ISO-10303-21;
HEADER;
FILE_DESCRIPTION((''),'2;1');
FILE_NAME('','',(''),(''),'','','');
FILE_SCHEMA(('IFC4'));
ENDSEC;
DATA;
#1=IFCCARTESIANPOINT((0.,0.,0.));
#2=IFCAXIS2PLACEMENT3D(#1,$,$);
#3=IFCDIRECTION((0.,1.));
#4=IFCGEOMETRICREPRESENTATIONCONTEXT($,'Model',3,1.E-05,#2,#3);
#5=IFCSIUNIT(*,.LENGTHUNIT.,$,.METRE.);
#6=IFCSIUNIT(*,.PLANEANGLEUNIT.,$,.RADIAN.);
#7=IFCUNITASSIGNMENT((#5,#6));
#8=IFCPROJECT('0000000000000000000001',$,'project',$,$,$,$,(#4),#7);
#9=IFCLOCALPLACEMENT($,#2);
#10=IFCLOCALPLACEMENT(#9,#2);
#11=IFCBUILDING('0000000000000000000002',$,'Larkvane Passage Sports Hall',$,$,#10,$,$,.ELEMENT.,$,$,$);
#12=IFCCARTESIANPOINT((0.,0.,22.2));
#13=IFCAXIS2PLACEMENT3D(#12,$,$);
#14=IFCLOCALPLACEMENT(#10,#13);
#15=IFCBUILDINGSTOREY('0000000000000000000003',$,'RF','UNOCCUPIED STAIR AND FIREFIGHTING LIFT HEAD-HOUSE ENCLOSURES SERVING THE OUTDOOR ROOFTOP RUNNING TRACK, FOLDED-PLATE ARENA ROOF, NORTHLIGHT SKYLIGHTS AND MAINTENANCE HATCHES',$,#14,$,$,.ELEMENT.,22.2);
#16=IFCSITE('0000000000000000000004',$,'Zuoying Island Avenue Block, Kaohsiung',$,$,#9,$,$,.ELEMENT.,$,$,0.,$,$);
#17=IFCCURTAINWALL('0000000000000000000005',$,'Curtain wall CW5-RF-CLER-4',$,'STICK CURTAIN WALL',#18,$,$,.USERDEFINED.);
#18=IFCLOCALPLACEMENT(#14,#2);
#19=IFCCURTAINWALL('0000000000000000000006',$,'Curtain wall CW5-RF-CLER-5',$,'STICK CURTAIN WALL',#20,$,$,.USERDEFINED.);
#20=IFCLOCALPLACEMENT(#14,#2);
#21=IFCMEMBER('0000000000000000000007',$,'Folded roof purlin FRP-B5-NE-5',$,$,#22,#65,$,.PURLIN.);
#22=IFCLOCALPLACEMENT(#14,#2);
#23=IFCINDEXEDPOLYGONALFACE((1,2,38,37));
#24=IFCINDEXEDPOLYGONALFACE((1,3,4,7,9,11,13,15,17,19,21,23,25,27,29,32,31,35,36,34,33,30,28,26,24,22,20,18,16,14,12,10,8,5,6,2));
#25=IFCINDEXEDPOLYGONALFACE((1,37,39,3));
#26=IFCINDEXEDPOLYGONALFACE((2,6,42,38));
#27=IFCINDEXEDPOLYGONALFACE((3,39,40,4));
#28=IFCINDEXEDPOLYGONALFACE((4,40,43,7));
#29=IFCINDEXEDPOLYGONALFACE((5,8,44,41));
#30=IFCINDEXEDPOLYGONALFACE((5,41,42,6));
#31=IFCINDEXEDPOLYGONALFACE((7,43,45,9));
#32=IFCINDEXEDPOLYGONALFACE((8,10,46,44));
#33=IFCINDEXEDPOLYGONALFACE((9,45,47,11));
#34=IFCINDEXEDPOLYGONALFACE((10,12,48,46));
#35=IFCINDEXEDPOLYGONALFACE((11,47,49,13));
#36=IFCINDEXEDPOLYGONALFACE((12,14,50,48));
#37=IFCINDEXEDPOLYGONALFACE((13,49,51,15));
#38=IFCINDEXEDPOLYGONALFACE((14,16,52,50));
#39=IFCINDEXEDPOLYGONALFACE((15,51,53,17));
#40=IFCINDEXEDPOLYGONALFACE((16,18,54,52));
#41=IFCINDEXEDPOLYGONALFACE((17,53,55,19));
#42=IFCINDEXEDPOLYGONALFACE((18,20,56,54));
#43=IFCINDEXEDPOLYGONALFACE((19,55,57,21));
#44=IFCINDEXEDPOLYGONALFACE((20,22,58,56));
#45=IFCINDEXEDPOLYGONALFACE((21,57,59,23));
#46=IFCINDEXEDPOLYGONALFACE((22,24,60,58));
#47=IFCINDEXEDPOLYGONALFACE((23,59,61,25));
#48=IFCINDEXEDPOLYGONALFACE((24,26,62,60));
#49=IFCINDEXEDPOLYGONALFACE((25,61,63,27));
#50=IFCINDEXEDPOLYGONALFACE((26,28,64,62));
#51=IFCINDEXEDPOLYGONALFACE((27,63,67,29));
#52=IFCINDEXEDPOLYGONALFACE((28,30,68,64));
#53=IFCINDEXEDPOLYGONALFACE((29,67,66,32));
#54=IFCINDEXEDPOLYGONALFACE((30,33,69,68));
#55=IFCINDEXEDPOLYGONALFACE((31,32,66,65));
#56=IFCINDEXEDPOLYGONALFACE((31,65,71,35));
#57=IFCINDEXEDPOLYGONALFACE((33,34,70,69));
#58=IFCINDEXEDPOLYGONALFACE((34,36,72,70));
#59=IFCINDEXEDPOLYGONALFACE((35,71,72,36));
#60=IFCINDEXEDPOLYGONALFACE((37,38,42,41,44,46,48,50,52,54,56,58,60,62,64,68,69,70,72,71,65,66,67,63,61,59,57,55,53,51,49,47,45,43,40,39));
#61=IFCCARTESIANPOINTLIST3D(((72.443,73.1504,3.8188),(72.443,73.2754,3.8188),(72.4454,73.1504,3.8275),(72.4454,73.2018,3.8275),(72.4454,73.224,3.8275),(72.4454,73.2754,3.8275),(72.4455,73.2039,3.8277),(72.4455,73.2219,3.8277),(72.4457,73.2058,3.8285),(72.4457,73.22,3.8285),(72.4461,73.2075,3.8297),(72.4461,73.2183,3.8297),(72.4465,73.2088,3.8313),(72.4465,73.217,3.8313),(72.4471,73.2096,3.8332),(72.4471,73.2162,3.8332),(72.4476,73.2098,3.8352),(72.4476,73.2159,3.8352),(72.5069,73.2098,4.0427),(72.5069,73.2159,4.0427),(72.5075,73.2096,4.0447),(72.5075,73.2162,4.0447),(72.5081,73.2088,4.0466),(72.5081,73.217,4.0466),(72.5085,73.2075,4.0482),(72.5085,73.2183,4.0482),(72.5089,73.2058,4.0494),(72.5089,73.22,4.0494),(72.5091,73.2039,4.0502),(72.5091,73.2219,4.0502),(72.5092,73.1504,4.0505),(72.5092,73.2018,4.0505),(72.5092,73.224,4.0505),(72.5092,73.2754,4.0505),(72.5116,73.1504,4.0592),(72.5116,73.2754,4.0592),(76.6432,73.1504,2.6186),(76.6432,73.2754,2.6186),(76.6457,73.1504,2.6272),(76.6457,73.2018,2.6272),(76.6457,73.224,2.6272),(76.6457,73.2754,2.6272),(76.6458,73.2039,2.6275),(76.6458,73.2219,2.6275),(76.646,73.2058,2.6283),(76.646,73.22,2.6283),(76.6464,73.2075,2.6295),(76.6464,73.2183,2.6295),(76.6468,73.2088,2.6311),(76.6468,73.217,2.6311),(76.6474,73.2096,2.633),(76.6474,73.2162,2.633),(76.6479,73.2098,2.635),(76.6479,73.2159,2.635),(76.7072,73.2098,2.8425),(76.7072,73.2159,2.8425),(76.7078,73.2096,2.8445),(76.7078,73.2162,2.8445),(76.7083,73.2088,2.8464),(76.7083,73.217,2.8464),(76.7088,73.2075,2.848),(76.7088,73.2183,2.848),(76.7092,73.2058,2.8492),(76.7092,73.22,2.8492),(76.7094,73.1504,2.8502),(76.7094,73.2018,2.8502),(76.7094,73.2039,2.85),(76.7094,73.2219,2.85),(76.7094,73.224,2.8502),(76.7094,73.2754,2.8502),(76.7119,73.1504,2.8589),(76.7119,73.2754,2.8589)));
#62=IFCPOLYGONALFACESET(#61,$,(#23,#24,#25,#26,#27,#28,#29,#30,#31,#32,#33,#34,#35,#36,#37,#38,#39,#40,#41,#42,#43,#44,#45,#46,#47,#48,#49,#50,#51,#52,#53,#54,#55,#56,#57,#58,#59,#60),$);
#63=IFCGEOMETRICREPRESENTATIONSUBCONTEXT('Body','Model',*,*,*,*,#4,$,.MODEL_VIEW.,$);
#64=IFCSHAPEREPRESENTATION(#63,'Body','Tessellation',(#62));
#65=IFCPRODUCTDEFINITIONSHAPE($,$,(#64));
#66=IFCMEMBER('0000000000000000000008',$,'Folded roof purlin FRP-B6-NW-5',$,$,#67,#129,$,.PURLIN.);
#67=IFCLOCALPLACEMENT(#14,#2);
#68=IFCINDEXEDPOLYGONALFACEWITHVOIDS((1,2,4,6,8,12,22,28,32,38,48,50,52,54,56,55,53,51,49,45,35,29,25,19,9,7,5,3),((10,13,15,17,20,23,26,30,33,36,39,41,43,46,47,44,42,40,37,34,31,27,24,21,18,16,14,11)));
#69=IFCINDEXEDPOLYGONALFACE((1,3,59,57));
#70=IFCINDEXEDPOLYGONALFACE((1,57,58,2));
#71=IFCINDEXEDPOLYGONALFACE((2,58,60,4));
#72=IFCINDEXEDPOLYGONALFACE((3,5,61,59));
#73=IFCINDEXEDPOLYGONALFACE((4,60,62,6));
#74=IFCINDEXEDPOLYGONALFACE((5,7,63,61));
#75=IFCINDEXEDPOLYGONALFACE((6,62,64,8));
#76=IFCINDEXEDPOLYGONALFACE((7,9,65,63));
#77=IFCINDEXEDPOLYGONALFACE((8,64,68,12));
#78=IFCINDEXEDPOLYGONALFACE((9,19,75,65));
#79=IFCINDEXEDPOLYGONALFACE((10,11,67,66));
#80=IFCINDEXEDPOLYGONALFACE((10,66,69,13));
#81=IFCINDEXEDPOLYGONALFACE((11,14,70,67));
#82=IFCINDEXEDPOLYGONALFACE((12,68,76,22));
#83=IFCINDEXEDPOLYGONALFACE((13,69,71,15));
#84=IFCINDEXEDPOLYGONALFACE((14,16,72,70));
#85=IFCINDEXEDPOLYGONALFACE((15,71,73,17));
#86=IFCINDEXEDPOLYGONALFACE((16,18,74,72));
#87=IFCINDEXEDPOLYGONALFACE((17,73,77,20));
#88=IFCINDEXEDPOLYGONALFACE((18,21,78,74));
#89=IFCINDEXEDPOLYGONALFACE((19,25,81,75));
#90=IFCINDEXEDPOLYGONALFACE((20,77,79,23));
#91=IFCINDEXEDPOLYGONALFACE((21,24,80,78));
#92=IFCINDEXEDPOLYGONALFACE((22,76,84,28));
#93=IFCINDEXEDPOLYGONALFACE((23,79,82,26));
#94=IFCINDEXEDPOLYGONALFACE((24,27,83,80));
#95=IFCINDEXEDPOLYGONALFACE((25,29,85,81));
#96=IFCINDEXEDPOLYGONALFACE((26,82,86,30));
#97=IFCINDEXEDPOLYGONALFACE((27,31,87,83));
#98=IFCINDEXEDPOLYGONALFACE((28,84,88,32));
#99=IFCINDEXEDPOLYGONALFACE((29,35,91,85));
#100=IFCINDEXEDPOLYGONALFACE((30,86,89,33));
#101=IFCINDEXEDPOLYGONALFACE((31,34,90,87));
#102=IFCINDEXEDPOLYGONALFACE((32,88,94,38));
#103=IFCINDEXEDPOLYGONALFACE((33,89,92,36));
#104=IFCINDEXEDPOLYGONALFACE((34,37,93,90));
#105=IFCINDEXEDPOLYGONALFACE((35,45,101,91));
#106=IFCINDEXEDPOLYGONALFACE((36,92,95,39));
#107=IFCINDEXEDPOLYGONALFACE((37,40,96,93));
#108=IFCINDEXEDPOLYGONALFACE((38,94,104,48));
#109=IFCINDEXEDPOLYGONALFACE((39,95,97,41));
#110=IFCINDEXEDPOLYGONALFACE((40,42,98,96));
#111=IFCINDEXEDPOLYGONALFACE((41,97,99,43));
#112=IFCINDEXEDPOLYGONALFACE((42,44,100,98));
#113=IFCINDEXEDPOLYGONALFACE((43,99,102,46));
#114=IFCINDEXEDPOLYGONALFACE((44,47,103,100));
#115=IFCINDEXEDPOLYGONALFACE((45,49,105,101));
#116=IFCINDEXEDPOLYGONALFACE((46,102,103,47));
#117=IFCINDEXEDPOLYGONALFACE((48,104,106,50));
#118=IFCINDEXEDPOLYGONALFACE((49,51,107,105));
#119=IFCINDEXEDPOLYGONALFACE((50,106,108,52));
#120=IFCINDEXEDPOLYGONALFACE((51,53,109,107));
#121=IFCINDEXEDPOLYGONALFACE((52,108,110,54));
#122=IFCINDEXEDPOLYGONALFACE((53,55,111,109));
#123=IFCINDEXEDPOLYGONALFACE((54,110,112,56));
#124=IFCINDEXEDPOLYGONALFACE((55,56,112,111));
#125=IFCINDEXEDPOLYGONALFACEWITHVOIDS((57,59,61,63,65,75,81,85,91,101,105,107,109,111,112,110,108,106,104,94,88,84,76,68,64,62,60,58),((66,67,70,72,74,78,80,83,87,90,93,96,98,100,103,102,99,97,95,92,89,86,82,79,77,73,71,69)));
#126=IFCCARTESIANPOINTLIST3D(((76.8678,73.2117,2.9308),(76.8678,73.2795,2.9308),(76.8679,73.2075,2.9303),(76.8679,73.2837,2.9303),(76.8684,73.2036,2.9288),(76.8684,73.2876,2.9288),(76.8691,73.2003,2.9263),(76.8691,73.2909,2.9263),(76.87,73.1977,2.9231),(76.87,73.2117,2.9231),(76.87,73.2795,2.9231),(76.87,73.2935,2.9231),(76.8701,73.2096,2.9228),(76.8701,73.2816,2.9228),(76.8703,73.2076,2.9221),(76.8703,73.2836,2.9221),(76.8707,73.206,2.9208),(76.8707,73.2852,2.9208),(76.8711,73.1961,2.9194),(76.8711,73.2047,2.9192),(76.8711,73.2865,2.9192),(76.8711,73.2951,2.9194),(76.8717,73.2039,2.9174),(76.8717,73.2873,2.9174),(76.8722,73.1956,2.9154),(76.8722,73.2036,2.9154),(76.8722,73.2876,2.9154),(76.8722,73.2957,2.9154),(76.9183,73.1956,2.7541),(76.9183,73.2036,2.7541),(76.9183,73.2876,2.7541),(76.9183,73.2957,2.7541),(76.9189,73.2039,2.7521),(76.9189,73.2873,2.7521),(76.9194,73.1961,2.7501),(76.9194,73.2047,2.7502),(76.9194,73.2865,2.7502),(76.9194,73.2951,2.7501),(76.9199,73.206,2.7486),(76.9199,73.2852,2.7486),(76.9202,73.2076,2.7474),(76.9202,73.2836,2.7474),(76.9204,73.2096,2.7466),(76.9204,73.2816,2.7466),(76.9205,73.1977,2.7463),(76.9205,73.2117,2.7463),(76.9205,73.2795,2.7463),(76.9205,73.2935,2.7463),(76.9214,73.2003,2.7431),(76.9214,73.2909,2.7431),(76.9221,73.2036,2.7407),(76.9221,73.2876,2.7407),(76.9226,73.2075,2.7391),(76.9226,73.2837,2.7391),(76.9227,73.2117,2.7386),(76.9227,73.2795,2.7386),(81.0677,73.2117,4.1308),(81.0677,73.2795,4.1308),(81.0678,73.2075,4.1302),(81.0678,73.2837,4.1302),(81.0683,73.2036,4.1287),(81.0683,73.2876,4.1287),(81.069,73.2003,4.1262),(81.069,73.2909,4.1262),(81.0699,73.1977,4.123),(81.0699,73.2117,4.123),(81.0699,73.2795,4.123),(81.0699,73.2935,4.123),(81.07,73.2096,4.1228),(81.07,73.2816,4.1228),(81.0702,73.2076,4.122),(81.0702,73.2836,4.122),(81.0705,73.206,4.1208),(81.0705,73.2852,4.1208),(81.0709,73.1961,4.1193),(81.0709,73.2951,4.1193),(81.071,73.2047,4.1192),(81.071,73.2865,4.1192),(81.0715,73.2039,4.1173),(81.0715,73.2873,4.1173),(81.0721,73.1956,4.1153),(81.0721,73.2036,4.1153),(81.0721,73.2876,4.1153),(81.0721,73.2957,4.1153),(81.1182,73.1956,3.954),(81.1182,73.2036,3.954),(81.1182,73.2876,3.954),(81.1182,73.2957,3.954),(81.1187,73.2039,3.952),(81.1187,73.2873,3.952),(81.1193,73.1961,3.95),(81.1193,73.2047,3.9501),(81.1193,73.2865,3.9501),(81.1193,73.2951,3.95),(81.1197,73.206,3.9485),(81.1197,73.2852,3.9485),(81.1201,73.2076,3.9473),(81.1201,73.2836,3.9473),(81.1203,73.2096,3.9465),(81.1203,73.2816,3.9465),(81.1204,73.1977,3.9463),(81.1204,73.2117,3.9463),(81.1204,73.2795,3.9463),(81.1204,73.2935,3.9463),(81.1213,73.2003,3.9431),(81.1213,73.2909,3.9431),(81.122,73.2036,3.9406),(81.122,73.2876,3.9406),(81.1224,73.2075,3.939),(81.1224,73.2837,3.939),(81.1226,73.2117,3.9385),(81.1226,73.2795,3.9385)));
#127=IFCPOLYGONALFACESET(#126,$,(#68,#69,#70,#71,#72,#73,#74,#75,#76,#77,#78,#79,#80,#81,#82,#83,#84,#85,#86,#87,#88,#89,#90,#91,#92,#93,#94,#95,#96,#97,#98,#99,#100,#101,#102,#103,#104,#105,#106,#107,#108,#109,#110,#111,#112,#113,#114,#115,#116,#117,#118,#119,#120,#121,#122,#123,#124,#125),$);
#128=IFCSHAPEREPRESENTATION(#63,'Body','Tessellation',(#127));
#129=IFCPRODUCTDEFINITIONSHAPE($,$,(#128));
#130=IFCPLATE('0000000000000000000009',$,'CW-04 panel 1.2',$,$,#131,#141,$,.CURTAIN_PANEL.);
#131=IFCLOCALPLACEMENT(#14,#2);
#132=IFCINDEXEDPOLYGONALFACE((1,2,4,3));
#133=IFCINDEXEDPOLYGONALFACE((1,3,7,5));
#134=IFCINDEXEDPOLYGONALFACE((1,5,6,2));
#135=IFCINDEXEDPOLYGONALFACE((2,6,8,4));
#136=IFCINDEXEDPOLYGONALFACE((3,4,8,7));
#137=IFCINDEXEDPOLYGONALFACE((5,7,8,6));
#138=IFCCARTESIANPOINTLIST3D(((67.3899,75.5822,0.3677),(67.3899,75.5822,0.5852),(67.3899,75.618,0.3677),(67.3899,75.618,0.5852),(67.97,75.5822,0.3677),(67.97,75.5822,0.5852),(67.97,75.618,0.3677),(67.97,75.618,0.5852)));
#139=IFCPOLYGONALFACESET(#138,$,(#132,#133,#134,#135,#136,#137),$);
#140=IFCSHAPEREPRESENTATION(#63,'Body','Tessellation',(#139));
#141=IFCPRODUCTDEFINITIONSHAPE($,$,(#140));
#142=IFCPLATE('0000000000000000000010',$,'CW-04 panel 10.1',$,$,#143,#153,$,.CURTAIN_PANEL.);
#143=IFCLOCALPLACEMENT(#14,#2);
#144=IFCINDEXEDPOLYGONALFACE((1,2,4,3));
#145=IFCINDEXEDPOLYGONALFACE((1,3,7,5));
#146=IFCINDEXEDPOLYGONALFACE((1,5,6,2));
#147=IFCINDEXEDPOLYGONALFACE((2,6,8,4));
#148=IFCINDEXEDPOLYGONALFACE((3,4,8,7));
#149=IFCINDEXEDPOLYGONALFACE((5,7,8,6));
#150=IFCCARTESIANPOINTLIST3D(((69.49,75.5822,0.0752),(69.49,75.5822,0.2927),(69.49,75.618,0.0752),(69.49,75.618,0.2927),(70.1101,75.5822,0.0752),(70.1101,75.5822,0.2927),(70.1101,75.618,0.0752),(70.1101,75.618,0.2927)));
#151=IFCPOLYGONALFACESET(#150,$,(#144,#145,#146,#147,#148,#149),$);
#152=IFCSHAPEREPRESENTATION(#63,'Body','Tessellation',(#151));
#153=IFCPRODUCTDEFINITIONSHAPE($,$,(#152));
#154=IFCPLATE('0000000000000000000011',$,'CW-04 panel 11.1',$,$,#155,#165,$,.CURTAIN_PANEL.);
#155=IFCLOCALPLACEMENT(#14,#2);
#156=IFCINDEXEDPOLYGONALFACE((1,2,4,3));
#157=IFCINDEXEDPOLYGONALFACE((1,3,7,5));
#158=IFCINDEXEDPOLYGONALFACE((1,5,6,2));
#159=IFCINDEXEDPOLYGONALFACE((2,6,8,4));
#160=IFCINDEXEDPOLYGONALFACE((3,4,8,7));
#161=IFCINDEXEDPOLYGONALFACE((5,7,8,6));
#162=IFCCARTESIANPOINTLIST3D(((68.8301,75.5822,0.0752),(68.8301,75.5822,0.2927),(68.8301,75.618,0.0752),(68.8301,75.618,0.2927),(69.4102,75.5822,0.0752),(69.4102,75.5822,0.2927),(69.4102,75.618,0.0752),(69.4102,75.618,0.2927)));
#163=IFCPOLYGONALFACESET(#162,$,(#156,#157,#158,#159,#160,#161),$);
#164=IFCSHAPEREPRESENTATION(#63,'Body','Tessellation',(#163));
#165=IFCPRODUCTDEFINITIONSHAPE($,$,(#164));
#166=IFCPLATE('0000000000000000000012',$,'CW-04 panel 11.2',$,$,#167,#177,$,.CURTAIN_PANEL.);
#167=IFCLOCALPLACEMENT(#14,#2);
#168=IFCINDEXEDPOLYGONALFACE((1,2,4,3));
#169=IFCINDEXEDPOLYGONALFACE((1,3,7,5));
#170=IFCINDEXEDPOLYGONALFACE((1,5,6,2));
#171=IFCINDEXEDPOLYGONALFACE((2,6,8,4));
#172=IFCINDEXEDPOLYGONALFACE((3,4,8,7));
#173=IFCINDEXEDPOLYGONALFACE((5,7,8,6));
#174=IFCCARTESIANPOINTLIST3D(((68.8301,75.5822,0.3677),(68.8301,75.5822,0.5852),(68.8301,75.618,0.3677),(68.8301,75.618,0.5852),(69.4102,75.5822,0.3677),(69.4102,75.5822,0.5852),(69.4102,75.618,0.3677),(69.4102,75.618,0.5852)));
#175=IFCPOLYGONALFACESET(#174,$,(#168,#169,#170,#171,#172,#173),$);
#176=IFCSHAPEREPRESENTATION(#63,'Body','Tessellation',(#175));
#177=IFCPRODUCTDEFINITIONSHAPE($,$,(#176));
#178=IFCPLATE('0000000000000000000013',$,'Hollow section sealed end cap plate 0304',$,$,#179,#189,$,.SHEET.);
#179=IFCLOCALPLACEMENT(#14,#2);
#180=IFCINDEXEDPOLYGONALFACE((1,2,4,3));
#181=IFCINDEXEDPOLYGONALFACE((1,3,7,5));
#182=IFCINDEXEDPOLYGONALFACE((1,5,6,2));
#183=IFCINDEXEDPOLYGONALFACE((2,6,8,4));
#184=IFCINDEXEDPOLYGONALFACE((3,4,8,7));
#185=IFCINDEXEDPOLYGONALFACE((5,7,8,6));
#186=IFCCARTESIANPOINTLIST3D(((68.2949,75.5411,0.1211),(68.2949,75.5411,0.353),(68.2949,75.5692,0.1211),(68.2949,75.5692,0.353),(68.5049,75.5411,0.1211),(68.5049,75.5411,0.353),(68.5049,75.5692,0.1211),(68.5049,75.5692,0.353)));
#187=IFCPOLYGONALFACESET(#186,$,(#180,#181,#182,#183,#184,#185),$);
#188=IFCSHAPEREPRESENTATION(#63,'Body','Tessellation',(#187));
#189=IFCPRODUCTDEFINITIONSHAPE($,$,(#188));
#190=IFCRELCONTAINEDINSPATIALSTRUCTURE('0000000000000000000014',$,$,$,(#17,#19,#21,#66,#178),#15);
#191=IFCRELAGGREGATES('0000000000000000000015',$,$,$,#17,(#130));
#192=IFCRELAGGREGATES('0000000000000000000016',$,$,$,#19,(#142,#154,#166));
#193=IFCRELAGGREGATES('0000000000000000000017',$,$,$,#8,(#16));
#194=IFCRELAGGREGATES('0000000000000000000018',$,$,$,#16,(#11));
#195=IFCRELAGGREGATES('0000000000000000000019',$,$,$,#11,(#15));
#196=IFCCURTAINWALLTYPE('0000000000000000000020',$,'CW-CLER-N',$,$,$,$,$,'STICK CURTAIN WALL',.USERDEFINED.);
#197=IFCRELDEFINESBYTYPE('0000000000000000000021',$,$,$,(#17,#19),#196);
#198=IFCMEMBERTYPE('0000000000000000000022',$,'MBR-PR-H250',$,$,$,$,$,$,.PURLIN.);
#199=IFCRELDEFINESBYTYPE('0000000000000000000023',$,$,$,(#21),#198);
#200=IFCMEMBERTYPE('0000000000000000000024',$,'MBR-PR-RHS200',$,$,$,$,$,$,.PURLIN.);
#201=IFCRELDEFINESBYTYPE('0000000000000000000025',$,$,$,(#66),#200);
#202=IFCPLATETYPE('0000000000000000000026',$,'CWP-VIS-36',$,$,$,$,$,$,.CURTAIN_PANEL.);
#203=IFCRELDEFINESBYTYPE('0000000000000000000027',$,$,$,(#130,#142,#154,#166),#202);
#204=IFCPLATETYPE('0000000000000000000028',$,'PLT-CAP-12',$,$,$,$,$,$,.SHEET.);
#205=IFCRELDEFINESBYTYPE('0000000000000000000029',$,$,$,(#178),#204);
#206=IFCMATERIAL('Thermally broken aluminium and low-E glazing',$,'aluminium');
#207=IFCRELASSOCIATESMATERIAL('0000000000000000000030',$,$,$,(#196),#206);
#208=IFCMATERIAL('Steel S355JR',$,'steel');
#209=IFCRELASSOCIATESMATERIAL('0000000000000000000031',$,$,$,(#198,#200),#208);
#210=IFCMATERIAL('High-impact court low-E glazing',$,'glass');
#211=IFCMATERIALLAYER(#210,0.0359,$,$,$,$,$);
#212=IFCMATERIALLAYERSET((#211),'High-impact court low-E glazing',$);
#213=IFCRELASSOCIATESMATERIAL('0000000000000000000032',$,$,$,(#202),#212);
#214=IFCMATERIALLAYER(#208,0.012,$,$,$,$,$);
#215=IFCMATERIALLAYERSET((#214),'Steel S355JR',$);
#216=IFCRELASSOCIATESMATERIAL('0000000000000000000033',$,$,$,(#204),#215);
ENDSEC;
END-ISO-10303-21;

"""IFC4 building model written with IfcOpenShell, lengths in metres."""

from ifc_helpers import new_model, si_unit, direction, frame, origin, origin_2d, place, context, subcontext, project, spatial, rectangle, hollow_rectangle, i_section, extrude, material, layer, layer_set, material_profile, profile_set, type_object, element, aggregate, save


model = new_model("IFC4")

# Units and contexts
model_context = context("Model", 3, precision=1e-05, world=origin(), true_north=direction((0.0, 1.0)))
body_context = subcontext(model_context, "Body", "Model", "MODEL_VIEW")
ifc_project = project(units=[si_unit("LENGTHUNIT", "METRE"), si_unit("PLANEANGLEUNIT", "RADIAN")], contexts=[model_context])

# Site, building, storey
site_placement = place(None, origin())
site = spatial("IfcSite", under=ifc_project, at=site_placement, Name="Zuoying Island Avenue Block, Kaohsiung", CompositionType="ELEMENT", RefElevation=0.0)
building_placement = place(site_placement, origin())
building = spatial("IfcBuilding", under=site, at=building_placement, Name="Larkvane Passage Sports Hall", CompositionType="ELEMENT")
storey_placement = place(building_placement, frame((0.0, 0.0, 22.2)))
storey = spatial("IfcBuildingStorey", under=building, at=storey_placement, Name="RF", Description="UNOCCUPIED STAIR AND FIREFIGHTING LIFT HEAD-HOUSE ENCLOSURES SERVING THE OUTDOOR ROOFTOP RUNNING TRACK, FOLDED-PLATE ARENA ROOF, NORTHLIGHT SKYLIGHTS AND MAINTENANCE HATCHES", CompositionType="ELEMENT", Elevation=22.2)

# Shared definitions
ifc_material_1 = material(Name="Steel S355JR", Category="steel")

# Curtain wall
ifc_material_2 = material(Name="Thermally broken aluminium and low-E glazing", Category="aluminium")
curtain_wall_type = type_object("IfcCurtainWallType", Name="CW-CLER-N", ElementType="STICK CURTAIN WALL", PredefinedType="USERDEFINED", material=ifc_material_2)
curtain_wall_1_placement = place(storey_placement, origin())
curtain_wall_1 = element("IfcCurtainWall", 1, at=curtain_wall_1_placement, inside=storey, type_object=curtain_wall_type, Name="Curtain wall CW5-RF-CLER-4", ObjectType="STICK CURTAIN WALL", PredefinedType="USERDEFINED")

# Curtain wall
curtain_wall_2_placement = place(storey_placement, origin())
curtain_wall_2 = element("IfcCurtainWall", 2, at=curtain_wall_2_placement, inside=storey, type_object=curtain_wall_type, Name="Curtain wall CW5-RF-CLER-5", ObjectType="STICK CURTAIN WALL", PredefinedType="USERDEFINED")

# Members
ifc_material_profile_1 = material_profile(ifc_material_1, i_section(OverallWidth=0.125, OverallDepth=0.25, WebThickness=0.0061, FlangeThickness=0.009, FilletRadius=0.0081, at=origin_2d()), Name="H-250x125x6x9")
ifc_profile_set_1 = profile_set([ifc_material_profile_1], Name="Steel S355JR")
member_type_1 = type_object("IfcMemberType", Name="MBR-PR-H250", PredefinedType="PURLIN", material=ifc_profile_set_1)
member_1_placement = place(storey_placement, frame((72.4773, 73.2129, 3.939), z_axis=(0.961516, 0.0, -0.274751), x_axis=(0.0, 1.0, 0.0)))
element("IfcMember", 3, at=member_1_placement, inside=storey, type_object=member_type_1, Name="Folded roof purlin FRP-B5-NE-5", PredefinedType="PURLIN", context=body_context, shape_type="SweptSolid", body=[
    extrude(i_section(OverallWidth=0.125, OverallDepth=0.25, WebThickness=0.0061, FlangeThickness=0.009, FilletRadius=0.0081, at=origin_2d()), origin(), (0.0, 0.0, 1.0), 4.3684),
])
ifc_material_profile_2 = material_profile(ifc_material_1, hollow_rectangle(XDim=0.1001, YDim=0.2, WallThickness=0.0081, InnerFilletRadius=0.0081, OuterFilletRadius=0.0161, at=origin_2d()), Name="RHS-200x100x8")
ifc_profile_set_2 = profile_set([ifc_material_profile_2], Name="Steel S355JR")
member_type_2 = type_object("IfcMemberType", Name="MBR-PR-RHS200", PredefinedType="PURLIN", material=ifc_profile_set_2)
member_2_placement = place(storey_placement, frame((76.8953, 73.2456, 2.8347), z_axis=(0.961526, 0.0, 0.274714), x_axis=(0.0, 1.0, 0.0)))
element("IfcMember", 4, at=member_2_placement, inside=storey, type_object=member_type_2, Name="Folded roof purlin FRP-B6-NW-5", PredefinedType="PURLIN", context=body_context, shape_type="SweptSolid", body=[
    extrude(hollow_rectangle(XDim=0.1001, YDim=0.2, WallThickness=0.0081, InnerFilletRadius=0.0081, OuterFilletRadius=0.0161, at=origin_2d()), origin(), (0.0, 0.0, 1.0), 4.3679),
])

# Plates
ifc_material_3 = material(Name="High-impact court low-E glazing", Category="glass")
ifc_layer_1 = layer(ifc_material_3, 0.0359)
ifc_layer_set_1 = layer_set([ifc_layer_1], Name="High-impact court low-E glazing")
plate_type_1 = type_object("IfcPlateType", Name="CWP-VIS-36", PredefinedType="CURTAIN_PANEL", material=ifc_layer_set_1)
plate_1_placement = place(storey_placement, frame((67.6799, 75.6001, 0.3677), z_axis=(0.0, 0.0, 1.0), x_axis=(-1.0, 0.0, 0.0)))
plate_1 = element("IfcPlate", 5, at=plate_1_placement, type_object=plate_type_1, Name="CW-04 panel 1.2", PredefinedType="CURTAIN_PANEL", context=body_context, shape_type="SweptSolid", body=[
    extrude(rectangle(XDim=0.5801, YDim=0.0359, at=origin_2d()), origin(), (0.0, 0.0, 1.0), 0.2175),
])
aggregate(curtain_wall_1, [plate_1])
plate_2_placement = place(storey_placement, frame((69.8, 75.6001, 0.0752), z_axis=(0.0, 0.0, 1.0), x_axis=(-1.0, 0.0, 0.0)))
plate_2 = element("IfcPlate", 6, at=plate_2_placement, type_object=plate_type_1, Name="CW-04 panel 10.1", PredefinedType="CURTAIN_PANEL", context=body_context, shape_type="SweptSolid", body=[
    extrude(rectangle(XDim=0.6201, YDim=0.0359, at=origin_2d()), origin(), (0.0, 0.0, 1.0), 0.2175),
])
plate_3_placement = place(storey_placement, frame((69.1201, 75.6001, 0.0752), z_axis=(0.0, 0.0, 1.0), x_axis=(-1.0, 0.0, 0.0)))
plate_3 = element("IfcPlate", 7, at=plate_3_placement, type_object=plate_type_1, Name="CW-04 panel 11.1", PredefinedType="CURTAIN_PANEL", context=body_context, shape_type="SweptSolid", body=[
    extrude(rectangle(XDim=0.5801, YDim=0.0359, at=origin_2d()), origin(), (0.0, 0.0, 1.0), 0.2175),
])
plate_4_placement = place(storey_placement, frame((69.1201, 75.6001, 0.3677), z_axis=(0.0, 0.0, 1.0), x_axis=(-1.0, 0.0, 0.0)))
plate_4 = element("IfcPlate", 8, at=plate_4_placement, type_object=plate_type_1, Name="CW-04 panel 11.2", PredefinedType="CURTAIN_PANEL", context=body_context, shape_type="SweptSolid", body=[
    extrude(rectangle(XDim=0.5801, YDim=0.0359, at=origin_2d()), origin(), (0.0, 0.0, 1.0), 0.2175),
])
aggregate(curtain_wall_2, [plate_2, plate_3, plate_4])

# Plate
ifc_layer_2 = layer(ifc_material_1, 0.012)
ifc_layer_set_2 = layer_set([ifc_layer_2], Name="Steel S355JR")
plate_type_2 = type_object("IfcPlateType", Name="PLT-CAP-12", PredefinedType="SHEET", material=ifc_layer_set_2)
plate_5_placement = place(storey_placement, frame((68.3999, 75.5552, 0.1211), z_axis=(0.0, 0.0, 1.0), x_axis=(-1.0, 0.0, 0.0)))
element("IfcPlate", 9, at=plate_5_placement, inside=storey, type_object=plate_type_2, Name="Hollow section sealed end cap plate 0304", PredefinedType="SHEET", context=body_context, shape_type="SweptSolid", body=[
    extrude(rectangle(XDim=0.21, YDim=0.0281, at=origin_2d()), origin(), (0.0, 0.0, 1.0), 0.2319),
])

save(model, "model.ifc")
